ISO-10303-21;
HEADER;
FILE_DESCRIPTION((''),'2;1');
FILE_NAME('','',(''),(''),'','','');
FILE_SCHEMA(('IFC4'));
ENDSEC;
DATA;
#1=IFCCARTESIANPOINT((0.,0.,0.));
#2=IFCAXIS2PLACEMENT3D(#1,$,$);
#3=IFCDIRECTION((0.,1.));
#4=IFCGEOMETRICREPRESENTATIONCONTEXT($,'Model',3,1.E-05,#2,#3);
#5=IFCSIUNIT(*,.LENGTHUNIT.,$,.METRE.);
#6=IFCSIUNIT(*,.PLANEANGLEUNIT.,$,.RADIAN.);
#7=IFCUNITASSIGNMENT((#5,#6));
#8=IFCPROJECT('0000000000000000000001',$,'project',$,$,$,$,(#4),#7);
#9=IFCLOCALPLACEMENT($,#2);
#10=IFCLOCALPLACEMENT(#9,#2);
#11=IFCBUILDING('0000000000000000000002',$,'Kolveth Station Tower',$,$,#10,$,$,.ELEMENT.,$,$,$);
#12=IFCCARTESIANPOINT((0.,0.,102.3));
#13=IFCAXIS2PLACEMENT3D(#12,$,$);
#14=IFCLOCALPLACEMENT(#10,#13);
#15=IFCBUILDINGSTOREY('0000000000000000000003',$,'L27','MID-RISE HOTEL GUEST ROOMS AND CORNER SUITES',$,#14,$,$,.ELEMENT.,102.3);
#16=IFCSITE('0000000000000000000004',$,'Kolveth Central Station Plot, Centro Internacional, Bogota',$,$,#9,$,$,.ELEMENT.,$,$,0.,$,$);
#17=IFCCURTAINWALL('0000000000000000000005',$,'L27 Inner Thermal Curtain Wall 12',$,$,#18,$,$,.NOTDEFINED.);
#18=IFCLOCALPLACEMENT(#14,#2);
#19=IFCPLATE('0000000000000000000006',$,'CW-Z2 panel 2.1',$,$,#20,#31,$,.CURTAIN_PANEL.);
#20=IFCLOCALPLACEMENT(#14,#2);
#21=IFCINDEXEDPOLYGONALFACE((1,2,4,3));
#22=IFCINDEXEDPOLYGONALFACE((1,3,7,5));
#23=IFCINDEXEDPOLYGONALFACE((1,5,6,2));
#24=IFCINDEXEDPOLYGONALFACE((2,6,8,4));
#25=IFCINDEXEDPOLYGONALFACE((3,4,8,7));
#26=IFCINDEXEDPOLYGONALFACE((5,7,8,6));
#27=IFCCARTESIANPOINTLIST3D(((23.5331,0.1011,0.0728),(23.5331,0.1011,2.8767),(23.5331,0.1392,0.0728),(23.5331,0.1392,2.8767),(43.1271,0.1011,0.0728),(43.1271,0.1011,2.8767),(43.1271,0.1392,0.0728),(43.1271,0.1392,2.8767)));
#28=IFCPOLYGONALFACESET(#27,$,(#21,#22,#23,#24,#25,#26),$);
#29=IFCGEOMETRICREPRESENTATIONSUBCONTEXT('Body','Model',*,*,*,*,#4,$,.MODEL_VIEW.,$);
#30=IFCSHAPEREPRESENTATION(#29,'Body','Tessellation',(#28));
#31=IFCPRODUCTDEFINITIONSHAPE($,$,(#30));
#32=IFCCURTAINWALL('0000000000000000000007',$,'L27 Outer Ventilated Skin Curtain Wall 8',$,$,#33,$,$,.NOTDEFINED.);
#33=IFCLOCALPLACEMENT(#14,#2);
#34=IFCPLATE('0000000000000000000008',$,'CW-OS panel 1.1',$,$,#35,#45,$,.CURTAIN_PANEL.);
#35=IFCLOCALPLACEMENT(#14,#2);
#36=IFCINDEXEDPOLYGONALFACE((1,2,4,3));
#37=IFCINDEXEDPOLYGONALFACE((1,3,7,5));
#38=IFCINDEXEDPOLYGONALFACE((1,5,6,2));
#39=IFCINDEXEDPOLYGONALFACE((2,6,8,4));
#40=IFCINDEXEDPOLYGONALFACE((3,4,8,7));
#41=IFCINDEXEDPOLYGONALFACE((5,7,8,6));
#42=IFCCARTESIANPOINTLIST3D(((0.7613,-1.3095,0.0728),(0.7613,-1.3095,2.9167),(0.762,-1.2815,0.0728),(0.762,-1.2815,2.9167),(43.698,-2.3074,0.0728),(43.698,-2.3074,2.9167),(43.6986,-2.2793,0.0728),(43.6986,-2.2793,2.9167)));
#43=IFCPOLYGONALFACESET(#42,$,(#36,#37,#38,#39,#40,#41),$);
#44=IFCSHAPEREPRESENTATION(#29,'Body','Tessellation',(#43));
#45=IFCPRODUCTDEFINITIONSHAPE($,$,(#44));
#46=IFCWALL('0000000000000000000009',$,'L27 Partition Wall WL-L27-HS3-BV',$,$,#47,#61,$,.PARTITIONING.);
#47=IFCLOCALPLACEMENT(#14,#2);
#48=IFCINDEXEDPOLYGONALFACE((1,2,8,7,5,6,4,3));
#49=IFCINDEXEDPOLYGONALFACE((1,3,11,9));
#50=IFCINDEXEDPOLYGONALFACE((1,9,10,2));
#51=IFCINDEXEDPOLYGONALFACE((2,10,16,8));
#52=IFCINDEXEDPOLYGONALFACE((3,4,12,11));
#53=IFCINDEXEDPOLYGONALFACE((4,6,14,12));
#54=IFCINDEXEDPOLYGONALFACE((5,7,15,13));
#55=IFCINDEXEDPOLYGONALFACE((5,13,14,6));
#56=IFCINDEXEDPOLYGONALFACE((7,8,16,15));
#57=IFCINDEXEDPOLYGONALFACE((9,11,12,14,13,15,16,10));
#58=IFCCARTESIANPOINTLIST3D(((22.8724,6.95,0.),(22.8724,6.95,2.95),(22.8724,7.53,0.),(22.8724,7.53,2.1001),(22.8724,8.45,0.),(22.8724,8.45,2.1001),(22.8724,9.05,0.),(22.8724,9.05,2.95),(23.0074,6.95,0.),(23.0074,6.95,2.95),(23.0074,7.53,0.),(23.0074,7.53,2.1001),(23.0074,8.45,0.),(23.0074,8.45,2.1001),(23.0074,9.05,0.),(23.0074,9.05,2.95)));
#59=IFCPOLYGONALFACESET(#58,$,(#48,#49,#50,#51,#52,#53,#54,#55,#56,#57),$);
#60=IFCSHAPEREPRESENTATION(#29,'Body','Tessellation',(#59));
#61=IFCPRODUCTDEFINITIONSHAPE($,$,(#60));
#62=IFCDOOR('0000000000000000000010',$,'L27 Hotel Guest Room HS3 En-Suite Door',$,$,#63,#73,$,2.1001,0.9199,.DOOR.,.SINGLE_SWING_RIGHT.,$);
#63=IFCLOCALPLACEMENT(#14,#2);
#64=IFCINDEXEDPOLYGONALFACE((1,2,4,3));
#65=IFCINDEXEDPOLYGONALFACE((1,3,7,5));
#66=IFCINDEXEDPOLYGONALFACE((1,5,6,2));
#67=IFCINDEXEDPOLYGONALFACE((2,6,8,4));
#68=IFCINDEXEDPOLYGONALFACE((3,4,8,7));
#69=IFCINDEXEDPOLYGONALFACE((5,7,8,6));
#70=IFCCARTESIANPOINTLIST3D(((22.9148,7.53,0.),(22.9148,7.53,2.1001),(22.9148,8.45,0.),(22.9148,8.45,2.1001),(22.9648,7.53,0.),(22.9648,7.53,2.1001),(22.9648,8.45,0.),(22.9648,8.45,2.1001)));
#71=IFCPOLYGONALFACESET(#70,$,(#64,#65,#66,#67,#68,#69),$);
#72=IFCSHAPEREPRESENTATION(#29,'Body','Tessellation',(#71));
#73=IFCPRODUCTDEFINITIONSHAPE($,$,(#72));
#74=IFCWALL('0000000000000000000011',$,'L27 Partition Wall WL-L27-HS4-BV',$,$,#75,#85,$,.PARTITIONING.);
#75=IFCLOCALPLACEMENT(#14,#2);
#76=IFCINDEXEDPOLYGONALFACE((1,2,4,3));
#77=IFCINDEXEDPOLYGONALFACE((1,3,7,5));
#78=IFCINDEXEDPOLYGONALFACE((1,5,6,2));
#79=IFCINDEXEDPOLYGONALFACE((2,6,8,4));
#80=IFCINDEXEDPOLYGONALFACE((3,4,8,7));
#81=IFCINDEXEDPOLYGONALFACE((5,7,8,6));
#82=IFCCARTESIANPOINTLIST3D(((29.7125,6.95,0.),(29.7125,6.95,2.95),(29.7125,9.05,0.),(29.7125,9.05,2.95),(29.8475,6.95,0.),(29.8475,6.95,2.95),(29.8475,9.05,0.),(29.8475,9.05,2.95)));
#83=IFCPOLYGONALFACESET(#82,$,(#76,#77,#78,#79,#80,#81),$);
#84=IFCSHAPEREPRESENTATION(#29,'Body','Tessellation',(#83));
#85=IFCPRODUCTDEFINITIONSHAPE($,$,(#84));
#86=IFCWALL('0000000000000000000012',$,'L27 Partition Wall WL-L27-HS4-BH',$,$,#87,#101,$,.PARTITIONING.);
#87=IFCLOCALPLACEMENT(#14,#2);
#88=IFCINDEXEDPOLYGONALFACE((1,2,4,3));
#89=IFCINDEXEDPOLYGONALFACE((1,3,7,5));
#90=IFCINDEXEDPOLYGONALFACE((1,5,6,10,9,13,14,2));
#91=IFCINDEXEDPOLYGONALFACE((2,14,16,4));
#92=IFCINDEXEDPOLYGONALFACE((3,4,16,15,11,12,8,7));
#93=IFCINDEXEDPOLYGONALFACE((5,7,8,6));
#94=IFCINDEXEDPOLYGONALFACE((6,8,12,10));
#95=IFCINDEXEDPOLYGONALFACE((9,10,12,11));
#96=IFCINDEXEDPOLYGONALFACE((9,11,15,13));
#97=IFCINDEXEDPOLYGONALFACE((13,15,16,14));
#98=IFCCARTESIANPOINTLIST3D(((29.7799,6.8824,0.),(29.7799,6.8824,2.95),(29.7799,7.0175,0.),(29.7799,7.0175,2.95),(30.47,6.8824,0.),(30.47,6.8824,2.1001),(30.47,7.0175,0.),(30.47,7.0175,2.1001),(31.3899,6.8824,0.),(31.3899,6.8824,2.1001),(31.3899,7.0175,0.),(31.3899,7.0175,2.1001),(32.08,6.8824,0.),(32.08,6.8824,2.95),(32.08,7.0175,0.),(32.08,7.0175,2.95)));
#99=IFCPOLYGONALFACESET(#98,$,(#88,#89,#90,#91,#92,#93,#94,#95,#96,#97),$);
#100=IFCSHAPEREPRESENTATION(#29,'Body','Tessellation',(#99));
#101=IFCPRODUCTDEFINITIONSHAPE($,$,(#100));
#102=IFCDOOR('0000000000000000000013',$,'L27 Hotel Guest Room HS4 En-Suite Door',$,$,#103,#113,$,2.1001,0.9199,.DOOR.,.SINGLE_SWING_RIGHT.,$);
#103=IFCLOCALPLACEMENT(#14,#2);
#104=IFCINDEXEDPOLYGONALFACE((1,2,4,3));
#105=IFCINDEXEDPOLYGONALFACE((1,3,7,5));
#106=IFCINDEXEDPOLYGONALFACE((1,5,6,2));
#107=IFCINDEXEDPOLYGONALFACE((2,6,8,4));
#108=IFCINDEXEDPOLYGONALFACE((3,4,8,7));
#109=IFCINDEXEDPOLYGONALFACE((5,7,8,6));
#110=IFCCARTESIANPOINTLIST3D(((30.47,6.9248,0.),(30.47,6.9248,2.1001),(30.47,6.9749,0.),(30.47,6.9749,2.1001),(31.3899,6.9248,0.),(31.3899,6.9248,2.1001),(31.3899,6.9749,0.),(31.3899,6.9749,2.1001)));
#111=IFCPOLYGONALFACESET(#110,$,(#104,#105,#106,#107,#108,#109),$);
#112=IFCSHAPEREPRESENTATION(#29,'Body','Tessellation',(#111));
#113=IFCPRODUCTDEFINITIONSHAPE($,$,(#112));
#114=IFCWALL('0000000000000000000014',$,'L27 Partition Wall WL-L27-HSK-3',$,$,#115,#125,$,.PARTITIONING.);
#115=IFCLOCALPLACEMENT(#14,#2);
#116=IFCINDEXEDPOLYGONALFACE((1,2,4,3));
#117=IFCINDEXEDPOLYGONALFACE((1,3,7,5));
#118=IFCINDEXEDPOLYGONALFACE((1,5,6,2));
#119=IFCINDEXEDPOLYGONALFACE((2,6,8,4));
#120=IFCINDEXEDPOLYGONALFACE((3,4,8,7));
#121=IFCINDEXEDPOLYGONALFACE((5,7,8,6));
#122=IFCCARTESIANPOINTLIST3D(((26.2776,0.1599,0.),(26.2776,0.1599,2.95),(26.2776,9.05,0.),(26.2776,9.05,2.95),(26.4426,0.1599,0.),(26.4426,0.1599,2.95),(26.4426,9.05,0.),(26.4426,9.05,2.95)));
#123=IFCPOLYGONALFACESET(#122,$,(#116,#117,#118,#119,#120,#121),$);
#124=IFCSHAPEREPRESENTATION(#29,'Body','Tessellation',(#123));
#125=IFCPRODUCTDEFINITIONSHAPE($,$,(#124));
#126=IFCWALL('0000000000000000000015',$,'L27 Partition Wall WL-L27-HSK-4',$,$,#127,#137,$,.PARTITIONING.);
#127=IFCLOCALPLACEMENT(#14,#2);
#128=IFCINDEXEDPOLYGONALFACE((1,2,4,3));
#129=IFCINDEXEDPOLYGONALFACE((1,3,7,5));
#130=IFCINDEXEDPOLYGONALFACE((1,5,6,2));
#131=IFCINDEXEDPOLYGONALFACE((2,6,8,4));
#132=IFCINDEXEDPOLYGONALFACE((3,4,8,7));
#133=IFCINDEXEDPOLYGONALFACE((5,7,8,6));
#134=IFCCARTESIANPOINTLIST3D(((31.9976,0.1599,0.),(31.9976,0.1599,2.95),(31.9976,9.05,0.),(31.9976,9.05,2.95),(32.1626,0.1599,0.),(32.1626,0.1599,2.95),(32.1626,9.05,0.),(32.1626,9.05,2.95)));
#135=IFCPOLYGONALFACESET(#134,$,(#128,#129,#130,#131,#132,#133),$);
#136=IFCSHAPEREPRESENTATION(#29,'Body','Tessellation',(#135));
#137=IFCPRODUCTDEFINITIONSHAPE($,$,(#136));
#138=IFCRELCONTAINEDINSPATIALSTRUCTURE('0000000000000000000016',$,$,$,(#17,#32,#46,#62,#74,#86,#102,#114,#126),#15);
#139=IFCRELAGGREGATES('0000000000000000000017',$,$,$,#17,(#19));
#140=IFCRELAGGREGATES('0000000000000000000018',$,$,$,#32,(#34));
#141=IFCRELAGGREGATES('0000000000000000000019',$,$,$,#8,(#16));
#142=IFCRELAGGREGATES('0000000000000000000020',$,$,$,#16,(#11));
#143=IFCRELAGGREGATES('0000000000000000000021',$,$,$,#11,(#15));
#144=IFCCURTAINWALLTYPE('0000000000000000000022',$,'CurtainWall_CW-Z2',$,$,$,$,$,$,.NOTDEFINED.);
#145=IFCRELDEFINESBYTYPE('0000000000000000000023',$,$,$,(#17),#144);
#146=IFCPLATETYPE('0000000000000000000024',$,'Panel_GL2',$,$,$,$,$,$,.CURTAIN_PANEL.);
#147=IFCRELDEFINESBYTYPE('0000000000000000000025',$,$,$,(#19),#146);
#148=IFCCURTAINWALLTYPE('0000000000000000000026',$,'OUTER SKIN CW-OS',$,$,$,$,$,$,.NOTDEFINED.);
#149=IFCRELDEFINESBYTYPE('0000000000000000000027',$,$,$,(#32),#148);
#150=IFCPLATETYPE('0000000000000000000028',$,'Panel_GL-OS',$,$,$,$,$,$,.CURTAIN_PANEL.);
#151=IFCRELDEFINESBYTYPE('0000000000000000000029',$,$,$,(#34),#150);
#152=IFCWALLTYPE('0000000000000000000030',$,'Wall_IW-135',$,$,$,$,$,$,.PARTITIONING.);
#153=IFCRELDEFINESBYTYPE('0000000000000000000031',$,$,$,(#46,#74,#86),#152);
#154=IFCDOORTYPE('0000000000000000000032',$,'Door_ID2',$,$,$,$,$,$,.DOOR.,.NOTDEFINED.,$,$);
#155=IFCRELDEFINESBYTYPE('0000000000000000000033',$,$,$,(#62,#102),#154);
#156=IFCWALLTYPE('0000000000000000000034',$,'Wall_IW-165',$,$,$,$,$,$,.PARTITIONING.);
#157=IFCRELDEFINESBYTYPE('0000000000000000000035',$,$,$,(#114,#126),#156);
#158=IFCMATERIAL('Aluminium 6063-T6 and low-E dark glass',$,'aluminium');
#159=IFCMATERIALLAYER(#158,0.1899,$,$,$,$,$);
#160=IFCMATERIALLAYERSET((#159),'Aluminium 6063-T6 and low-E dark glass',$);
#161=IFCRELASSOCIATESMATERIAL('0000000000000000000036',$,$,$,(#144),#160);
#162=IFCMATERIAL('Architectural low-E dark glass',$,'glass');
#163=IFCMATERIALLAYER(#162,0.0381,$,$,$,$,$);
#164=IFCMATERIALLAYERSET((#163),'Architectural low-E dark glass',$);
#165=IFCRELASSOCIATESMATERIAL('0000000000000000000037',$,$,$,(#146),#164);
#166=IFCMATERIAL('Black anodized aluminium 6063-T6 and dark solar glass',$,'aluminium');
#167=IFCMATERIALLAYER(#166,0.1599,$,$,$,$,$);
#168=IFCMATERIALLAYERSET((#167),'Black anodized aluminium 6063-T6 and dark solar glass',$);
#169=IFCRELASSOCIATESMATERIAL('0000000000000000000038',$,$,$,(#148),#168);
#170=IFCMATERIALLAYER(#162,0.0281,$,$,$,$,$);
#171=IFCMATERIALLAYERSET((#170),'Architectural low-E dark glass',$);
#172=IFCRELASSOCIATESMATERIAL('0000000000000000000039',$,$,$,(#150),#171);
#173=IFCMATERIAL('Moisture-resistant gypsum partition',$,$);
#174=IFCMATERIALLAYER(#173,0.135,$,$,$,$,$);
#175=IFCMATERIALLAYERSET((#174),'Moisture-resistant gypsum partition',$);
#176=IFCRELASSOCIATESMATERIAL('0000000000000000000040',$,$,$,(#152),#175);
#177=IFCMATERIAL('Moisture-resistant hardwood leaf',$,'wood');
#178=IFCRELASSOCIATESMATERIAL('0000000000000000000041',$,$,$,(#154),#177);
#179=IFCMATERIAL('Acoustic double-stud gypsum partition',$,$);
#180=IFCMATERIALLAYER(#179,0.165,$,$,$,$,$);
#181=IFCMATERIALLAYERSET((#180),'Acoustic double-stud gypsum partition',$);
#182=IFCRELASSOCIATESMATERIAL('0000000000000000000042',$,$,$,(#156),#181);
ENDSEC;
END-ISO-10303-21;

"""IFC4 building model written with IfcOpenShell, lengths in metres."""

from ifc_helpers import new_model, si_unit, direction, frame, frame_2d, origin, origin_2d, place, context, subcontext, project, spatial, rectangle, extrude, source, transform, mapped, material, layer, layer_set, type_object, element, fill, aggregate, save


model = new_model("IFC4")

# Units and contexts
model_context = context("Model", 3, precision=1e-05, world=origin(), true_north=direction((0.0, 1.0)))
body_context = subcontext(model_context, "Body", "Model", "MODEL_VIEW")
ifc_project = project(units=[si_unit("LENGTHUNIT", "METRE"), si_unit("PLANEANGLEUNIT", "RADIAN")], contexts=[model_context])

# Site, building, storey
site_placement = place(None, origin())
site = spatial("IfcSite", under=ifc_project, at=site_placement, Name="Kolveth Central Station Plot, Centro Internacional, Bogota", CompositionType="ELEMENT", RefElevation=0.0)
building_placement = place(site_placement, origin())
building = spatial("IfcBuilding", under=site, at=building_placement, Name="Kolveth Station Tower", CompositionType="ELEMENT")
storey_placement = place(building_placement, frame((0.0, 0.0, 102.3)))
storey = spatial("IfcBuildingStorey", under=building, at=storey_placement, Name="L27", Description="MID-RISE HOTEL GUEST ROOMS AND CORNER SUITES", CompositionType="ELEMENT", Elevation=102.3)

# Curtain wall, plate
ifc_material_1 = material(Name="Aluminium 6063-T6 and low-E dark glass", Category="aluminium")
ifc_layer_1 = layer(ifc_material_1, 0.1899)
ifc_layer_set_1 = layer_set([ifc_layer_1], Name="Aluminium 6063-T6 and low-E dark glass")
curtain_wall_type_1 = type_object("IfcCurtainWallType", Name="CurtainWall_CW-Z2", PredefinedType="NOTDEFINED", material=ifc_layer_set_1)
curtain_wall_1_placement = place(storey_placement, origin())
curtain_wall_1 = element("IfcCurtainWall", 1, at=curtain_wall_1_placement, inside=storey, type_object=curtain_wall_type_1, Name="L27 Inner Thermal Curtain Wall 12", PredefinedType="NOTDEFINED")
ifc_material_2 = material(Name="Architectural low-E dark glass", Category="glass")
ifc_layer_2 = layer(ifc_material_2, 0.0381)
ifc_layer_set_2 = layer_set([ifc_layer_2], Name="Architectural low-E dark glass")
plate_type_1 = type_object("IfcPlateType", Name="Panel_GL2", PredefinedType="CURTAIN_PANEL", material=ifc_layer_set_2)
shared_shape_1 = source(origin(), body_context, "Body", "SweptSolid", [
    extrude(rectangle(XDim=19.594, YDim=0.0381, at=origin_2d()), origin(), (0.0, 0.0, 1.0), 2.804),
])
plate_1_placement = place(storey_placement, frame((33.3301, 0.1201, 0.0728), z_axis=(0.0, 0.0, 1.0), x_axis=(1.0, 0.0, 0.0)))
plate_1 = element("IfcPlate", 2, at=plate_1_placement, type_object=plate_type_1, Name="CW-Z2 panel 2.1", PredefinedType="CURTAIN_PANEL", context=body_context, shape_type="MappedRepresentation", body=[
    mapped(shared_shape_1, transform((0.0, 0.0, 0.0), x_axis=(1.0, 0.0, 0.0), y_axis=(0.0, 1.0, 0.0), z_axis=(0.0, 0.0, 1.0), scale=1.0)),
])
aggregate(curtain_wall_1, [plate_1])

# Curtain wall, plate
ifc_material_3 = material(Name="Black anodized aluminium 6063-T6 and dark solar glass", Category="aluminium")
ifc_layer_3 = layer(ifc_material_3, 0.1599)
ifc_layer_set_3 = layer_set([ifc_layer_3], Name="Black anodized aluminium 6063-T6 and dark solar glass")
curtain_wall_type_2 = type_object("IfcCurtainWallType", Name="OUTER SKIN CW-OS", PredefinedType="NOTDEFINED", material=ifc_layer_set_3)
curtain_wall_2_placement = place(storey_placement, origin())
curtain_wall_2 = element("IfcCurtainWall", 3, at=curtain_wall_2_placement, inside=storey, type_object=curtain_wall_type_2, Name="L27 Outer Ventilated Skin Curtain Wall 8", PredefinedType="NOTDEFINED")
ifc_layer_4 = layer(ifc_material_2, 0.0281)
ifc_layer_set_4 = layer_set([ifc_layer_4], Name="Architectural low-E dark glass")
plate_type_2 = type_object("IfcPlateType", Name="Panel_GL-OS", PredefinedType="CURTAIN_PANEL", material=ifc_layer_set_4)
shared_shape_2 = source(origin(), body_context, "Body", "SweptSolid", [
    extrude(rectangle(XDim=42.9482, YDim=0.0281, at=origin_2d()), origin(), (0.0, 0.0, 1.0), 2.844),
])
plate_2_placement = place(storey_placement, frame((22.23, -1.7944, 0.0728), z_axis=(0.0, 0.0, 1.0), x_axis=(0.99973, -0.023234, 0.0)))
plate_2 = element("IfcPlate", 4, at=plate_2_placement, type_object=plate_type_2, Name="CW-OS panel 1.1", PredefinedType="CURTAIN_PANEL", context=body_context, shape_type="MappedRepresentation", body=[
    mapped(shared_shape_2, transform((0.0, 0.0, 0.0), x_axis=(1.0, 0.0, 0.0), y_axis=(0.0, 1.0, 0.0), z_axis=(0.0, 0.0, 1.0), scale=1.0)),
])
aggregate(curtain_wall_2, [plate_2])

# Wall, opening, door
ifc_material_4 = material(Name="Moisture-resistant gypsum partition")
ifc_layer_5 = layer(ifc_material_4, 0.135)
ifc_layer_set_5 = layer_set([ifc_layer_5], Name="Moisture-resistant gypsum partition")
wall_type_1 = type_object("IfcWallType", Name="Wall_IW-135", PredefinedType="PARTITIONING", material=ifc_layer_set_5)
wall_1_placement = place(storey_placement, frame((22.9399, 6.95, 0.0), z_axis=(0.0, 0.0, 1.0), x_axis=(0.0, 1.0, 0.0)))
wall_1 = element("IfcWall", 5, at=wall_1_placement, inside=storey, type_object=wall_type_1, Name="L27 Partition Wall WL-L27-HS3-BV", PredefinedType="PARTITIONING", context=body_context, shape_type="SweptSolid", body=[
    extrude(rectangle(XDim=2.1001, YDim=0.135, at=frame_2d((1.05, 0.0))), origin(), (0.0, 0.0, 1.0), 2.95),
])
opening_1_placement = place(wall_1_placement, frame((0.5801, 0.0, 0.0)))
opening_1 = element("IfcOpeningElement", 6, at=opening_1_placement, cuts=wall_1, PredefinedType="OPENING", context=body_context, shape_type="SweptSolid", body=[
    extrude(rectangle(XDim=0.9199, YDim=2.1001, at=frame_2d((0.46, 1.05))), frame((0.0, 0.0774, 0.0), z_axis=(0.0, -1.0, 0.0), x_axis=(1.0, 0.0, 0.0)), (0.0, 0.0, 1.0), 0.155),
])
ifc_material_5 = material(Name="Moisture-resistant hardwood leaf", Category="wood")
door_type = type_object("IfcDoorType", Name="Door_ID2", OperationType="NOTDEFINED", PredefinedType="DOOR", material=ifc_material_5)
door_1_placement = place(opening_1_placement, frame((0.9199, 0.0, 0.0), z_axis=(0.0, 0.0, 1.0), x_axis=(-1.0, 0.0, 0.0)))
door_1 = element("IfcDoor", 7, at=door_1_placement, inside=storey, type_object=door_type, Name="L27 Hotel Guest Room HS3 En-Suite Door", OperationType="SINGLE_SWING_RIGHT", OverallHeight=2.1001, OverallWidth=0.9199, PredefinedType="DOOR", context=body_context, shape_type="SweptSolid", body=[
    extrude(rectangle(XDim=0.9199, YDim=2.1001, at=frame_2d((0.46, 1.05))), frame((0.0, 0.0249, 0.0), z_axis=(0.0, -1.0, 0.0), x_axis=(1.0, 0.0, 0.0)), (0.0, 0.0, 1.0), 0.05),
])
fill(opening_1, door_1)

# Wall
wall_2_placement = place(storey_placement, frame((29.78, 6.95, 0.0), z_axis=(0.0, 0.0, 1.0), x_axis=(0.0, 1.0, 0.0)))
element("IfcWall", 8, at=wall_2_placement, inside=storey, type_object=wall_type_1, Name="L27 Partition Wall WL-L27-HS4-BV", PredefinedType="PARTITIONING", context=body_context, shape_type="SweptSolid", body=[
    extrude(rectangle(XDim=2.1001, YDim=0.135, at=frame_2d((1.05, 0.0))), origin(), (0.0, 0.0, 1.0), 2.95),
])

# Wall, opening, door
wall_3_placement = place(storey_placement, frame((29.78, 6.95, 0.0), z_axis=(0.0, 0.0, 1.0), x_axis=(1.0, 0.0, 0.0)))
wall_3 = element("IfcWall", 9, at=wall_3_placement, inside=storey, type_object=wall_type_1, Name="L27 Partition Wall WL-L27-HS4-BH", PredefinedType="PARTITIONING", context=body_context, shape_type="SweptSolid", body=[
    extrude(rectangle(XDim=2.3, YDim=0.135, at=frame_2d((1.1499, 0.0))), origin(), (0.0, 0.0, 1.0), 2.95),
])
opening_2_placement = place(wall_3_placement, frame((0.6899, 0.0, 0.0)))
opening_2 = element("IfcOpeningElement", 10, at=opening_2_placement, cuts=wall_3, PredefinedType="OPENING", context=body_context, shape_type="SweptSolid", body=[
    extrude(rectangle(XDim=0.9199, YDim=2.1001, at=frame_2d((0.46, 1.05))), frame((0.0, 0.0774, 0.0), z_axis=(0.0, -1.0, 0.0), x_axis=(1.0, 0.0, 0.0)), (0.0, 0.0, 1.0), 0.155),
])
door_2_placement = place(opening_2_placement, origin())
door_2 = element("IfcDoor", 11, at=door_2_placement, inside=storey, type_object=door_type, Name="L27 Hotel Guest Room HS4 En-Suite Door", OperationType="SINGLE_SWING_RIGHT", OverallHeight=2.1001, OverallWidth=0.9199, PredefinedType="DOOR", context=body_context, shape_type="SweptSolid", body=[
    extrude(rectangle(XDim=0.9199, YDim=2.1001, at=frame_2d((0.46, 1.05))), frame((0.0, 0.0249, 0.0), z_axis=(0.0, -1.0, 0.0), x_axis=(1.0, 0.0, 0.0)), (0.0, 0.0, 1.0), 0.05),
])
fill(opening_2, door_2)

# Walls
ifc_material_6 = material(Name="Acoustic double-stud gypsum partition")
ifc_layer_6 = layer(ifc_material_6, 0.165)
ifc_layer_set_6 = layer_set([ifc_layer_6], Name="Acoustic double-stud gypsum partition")
wall_type_2 = type_object("IfcWallType", Name="Wall_IW-165", PredefinedType="PARTITIONING", material=ifc_layer_set_6)
for number, where, z_axis, x_axis, name in (
    (12, (26.3601, 0.1599, 0.0), (0.0, 0.0, 1.0), (0.0, 1.0, 0.0), "L27 Partition Wall WL-L27-HSK-3"),
    (13, (32.0801, 0.1599, 0.0), (0.0, 0.0, 1.0), (0.0, 1.0, 0.0), "L27 Partition Wall WL-L27-HSK-4"),
):
    element("IfcWall", number, at=place(storey_placement, frame(where, z_axis=z_axis, x_axis=x_axis)), inside=storey, type_object=wall_type_2, Name=name, PredefinedType="PARTITIONING", context=body_context, shape_type="SweptSolid", body=[
        extrude(rectangle(XDim=8.8901, YDim=0.165, at=frame_2d((4.4451, 0.0))), origin(), (0.0, 0.0, 1.0), 2.95),
    ])

save(model, "model.ifc")
